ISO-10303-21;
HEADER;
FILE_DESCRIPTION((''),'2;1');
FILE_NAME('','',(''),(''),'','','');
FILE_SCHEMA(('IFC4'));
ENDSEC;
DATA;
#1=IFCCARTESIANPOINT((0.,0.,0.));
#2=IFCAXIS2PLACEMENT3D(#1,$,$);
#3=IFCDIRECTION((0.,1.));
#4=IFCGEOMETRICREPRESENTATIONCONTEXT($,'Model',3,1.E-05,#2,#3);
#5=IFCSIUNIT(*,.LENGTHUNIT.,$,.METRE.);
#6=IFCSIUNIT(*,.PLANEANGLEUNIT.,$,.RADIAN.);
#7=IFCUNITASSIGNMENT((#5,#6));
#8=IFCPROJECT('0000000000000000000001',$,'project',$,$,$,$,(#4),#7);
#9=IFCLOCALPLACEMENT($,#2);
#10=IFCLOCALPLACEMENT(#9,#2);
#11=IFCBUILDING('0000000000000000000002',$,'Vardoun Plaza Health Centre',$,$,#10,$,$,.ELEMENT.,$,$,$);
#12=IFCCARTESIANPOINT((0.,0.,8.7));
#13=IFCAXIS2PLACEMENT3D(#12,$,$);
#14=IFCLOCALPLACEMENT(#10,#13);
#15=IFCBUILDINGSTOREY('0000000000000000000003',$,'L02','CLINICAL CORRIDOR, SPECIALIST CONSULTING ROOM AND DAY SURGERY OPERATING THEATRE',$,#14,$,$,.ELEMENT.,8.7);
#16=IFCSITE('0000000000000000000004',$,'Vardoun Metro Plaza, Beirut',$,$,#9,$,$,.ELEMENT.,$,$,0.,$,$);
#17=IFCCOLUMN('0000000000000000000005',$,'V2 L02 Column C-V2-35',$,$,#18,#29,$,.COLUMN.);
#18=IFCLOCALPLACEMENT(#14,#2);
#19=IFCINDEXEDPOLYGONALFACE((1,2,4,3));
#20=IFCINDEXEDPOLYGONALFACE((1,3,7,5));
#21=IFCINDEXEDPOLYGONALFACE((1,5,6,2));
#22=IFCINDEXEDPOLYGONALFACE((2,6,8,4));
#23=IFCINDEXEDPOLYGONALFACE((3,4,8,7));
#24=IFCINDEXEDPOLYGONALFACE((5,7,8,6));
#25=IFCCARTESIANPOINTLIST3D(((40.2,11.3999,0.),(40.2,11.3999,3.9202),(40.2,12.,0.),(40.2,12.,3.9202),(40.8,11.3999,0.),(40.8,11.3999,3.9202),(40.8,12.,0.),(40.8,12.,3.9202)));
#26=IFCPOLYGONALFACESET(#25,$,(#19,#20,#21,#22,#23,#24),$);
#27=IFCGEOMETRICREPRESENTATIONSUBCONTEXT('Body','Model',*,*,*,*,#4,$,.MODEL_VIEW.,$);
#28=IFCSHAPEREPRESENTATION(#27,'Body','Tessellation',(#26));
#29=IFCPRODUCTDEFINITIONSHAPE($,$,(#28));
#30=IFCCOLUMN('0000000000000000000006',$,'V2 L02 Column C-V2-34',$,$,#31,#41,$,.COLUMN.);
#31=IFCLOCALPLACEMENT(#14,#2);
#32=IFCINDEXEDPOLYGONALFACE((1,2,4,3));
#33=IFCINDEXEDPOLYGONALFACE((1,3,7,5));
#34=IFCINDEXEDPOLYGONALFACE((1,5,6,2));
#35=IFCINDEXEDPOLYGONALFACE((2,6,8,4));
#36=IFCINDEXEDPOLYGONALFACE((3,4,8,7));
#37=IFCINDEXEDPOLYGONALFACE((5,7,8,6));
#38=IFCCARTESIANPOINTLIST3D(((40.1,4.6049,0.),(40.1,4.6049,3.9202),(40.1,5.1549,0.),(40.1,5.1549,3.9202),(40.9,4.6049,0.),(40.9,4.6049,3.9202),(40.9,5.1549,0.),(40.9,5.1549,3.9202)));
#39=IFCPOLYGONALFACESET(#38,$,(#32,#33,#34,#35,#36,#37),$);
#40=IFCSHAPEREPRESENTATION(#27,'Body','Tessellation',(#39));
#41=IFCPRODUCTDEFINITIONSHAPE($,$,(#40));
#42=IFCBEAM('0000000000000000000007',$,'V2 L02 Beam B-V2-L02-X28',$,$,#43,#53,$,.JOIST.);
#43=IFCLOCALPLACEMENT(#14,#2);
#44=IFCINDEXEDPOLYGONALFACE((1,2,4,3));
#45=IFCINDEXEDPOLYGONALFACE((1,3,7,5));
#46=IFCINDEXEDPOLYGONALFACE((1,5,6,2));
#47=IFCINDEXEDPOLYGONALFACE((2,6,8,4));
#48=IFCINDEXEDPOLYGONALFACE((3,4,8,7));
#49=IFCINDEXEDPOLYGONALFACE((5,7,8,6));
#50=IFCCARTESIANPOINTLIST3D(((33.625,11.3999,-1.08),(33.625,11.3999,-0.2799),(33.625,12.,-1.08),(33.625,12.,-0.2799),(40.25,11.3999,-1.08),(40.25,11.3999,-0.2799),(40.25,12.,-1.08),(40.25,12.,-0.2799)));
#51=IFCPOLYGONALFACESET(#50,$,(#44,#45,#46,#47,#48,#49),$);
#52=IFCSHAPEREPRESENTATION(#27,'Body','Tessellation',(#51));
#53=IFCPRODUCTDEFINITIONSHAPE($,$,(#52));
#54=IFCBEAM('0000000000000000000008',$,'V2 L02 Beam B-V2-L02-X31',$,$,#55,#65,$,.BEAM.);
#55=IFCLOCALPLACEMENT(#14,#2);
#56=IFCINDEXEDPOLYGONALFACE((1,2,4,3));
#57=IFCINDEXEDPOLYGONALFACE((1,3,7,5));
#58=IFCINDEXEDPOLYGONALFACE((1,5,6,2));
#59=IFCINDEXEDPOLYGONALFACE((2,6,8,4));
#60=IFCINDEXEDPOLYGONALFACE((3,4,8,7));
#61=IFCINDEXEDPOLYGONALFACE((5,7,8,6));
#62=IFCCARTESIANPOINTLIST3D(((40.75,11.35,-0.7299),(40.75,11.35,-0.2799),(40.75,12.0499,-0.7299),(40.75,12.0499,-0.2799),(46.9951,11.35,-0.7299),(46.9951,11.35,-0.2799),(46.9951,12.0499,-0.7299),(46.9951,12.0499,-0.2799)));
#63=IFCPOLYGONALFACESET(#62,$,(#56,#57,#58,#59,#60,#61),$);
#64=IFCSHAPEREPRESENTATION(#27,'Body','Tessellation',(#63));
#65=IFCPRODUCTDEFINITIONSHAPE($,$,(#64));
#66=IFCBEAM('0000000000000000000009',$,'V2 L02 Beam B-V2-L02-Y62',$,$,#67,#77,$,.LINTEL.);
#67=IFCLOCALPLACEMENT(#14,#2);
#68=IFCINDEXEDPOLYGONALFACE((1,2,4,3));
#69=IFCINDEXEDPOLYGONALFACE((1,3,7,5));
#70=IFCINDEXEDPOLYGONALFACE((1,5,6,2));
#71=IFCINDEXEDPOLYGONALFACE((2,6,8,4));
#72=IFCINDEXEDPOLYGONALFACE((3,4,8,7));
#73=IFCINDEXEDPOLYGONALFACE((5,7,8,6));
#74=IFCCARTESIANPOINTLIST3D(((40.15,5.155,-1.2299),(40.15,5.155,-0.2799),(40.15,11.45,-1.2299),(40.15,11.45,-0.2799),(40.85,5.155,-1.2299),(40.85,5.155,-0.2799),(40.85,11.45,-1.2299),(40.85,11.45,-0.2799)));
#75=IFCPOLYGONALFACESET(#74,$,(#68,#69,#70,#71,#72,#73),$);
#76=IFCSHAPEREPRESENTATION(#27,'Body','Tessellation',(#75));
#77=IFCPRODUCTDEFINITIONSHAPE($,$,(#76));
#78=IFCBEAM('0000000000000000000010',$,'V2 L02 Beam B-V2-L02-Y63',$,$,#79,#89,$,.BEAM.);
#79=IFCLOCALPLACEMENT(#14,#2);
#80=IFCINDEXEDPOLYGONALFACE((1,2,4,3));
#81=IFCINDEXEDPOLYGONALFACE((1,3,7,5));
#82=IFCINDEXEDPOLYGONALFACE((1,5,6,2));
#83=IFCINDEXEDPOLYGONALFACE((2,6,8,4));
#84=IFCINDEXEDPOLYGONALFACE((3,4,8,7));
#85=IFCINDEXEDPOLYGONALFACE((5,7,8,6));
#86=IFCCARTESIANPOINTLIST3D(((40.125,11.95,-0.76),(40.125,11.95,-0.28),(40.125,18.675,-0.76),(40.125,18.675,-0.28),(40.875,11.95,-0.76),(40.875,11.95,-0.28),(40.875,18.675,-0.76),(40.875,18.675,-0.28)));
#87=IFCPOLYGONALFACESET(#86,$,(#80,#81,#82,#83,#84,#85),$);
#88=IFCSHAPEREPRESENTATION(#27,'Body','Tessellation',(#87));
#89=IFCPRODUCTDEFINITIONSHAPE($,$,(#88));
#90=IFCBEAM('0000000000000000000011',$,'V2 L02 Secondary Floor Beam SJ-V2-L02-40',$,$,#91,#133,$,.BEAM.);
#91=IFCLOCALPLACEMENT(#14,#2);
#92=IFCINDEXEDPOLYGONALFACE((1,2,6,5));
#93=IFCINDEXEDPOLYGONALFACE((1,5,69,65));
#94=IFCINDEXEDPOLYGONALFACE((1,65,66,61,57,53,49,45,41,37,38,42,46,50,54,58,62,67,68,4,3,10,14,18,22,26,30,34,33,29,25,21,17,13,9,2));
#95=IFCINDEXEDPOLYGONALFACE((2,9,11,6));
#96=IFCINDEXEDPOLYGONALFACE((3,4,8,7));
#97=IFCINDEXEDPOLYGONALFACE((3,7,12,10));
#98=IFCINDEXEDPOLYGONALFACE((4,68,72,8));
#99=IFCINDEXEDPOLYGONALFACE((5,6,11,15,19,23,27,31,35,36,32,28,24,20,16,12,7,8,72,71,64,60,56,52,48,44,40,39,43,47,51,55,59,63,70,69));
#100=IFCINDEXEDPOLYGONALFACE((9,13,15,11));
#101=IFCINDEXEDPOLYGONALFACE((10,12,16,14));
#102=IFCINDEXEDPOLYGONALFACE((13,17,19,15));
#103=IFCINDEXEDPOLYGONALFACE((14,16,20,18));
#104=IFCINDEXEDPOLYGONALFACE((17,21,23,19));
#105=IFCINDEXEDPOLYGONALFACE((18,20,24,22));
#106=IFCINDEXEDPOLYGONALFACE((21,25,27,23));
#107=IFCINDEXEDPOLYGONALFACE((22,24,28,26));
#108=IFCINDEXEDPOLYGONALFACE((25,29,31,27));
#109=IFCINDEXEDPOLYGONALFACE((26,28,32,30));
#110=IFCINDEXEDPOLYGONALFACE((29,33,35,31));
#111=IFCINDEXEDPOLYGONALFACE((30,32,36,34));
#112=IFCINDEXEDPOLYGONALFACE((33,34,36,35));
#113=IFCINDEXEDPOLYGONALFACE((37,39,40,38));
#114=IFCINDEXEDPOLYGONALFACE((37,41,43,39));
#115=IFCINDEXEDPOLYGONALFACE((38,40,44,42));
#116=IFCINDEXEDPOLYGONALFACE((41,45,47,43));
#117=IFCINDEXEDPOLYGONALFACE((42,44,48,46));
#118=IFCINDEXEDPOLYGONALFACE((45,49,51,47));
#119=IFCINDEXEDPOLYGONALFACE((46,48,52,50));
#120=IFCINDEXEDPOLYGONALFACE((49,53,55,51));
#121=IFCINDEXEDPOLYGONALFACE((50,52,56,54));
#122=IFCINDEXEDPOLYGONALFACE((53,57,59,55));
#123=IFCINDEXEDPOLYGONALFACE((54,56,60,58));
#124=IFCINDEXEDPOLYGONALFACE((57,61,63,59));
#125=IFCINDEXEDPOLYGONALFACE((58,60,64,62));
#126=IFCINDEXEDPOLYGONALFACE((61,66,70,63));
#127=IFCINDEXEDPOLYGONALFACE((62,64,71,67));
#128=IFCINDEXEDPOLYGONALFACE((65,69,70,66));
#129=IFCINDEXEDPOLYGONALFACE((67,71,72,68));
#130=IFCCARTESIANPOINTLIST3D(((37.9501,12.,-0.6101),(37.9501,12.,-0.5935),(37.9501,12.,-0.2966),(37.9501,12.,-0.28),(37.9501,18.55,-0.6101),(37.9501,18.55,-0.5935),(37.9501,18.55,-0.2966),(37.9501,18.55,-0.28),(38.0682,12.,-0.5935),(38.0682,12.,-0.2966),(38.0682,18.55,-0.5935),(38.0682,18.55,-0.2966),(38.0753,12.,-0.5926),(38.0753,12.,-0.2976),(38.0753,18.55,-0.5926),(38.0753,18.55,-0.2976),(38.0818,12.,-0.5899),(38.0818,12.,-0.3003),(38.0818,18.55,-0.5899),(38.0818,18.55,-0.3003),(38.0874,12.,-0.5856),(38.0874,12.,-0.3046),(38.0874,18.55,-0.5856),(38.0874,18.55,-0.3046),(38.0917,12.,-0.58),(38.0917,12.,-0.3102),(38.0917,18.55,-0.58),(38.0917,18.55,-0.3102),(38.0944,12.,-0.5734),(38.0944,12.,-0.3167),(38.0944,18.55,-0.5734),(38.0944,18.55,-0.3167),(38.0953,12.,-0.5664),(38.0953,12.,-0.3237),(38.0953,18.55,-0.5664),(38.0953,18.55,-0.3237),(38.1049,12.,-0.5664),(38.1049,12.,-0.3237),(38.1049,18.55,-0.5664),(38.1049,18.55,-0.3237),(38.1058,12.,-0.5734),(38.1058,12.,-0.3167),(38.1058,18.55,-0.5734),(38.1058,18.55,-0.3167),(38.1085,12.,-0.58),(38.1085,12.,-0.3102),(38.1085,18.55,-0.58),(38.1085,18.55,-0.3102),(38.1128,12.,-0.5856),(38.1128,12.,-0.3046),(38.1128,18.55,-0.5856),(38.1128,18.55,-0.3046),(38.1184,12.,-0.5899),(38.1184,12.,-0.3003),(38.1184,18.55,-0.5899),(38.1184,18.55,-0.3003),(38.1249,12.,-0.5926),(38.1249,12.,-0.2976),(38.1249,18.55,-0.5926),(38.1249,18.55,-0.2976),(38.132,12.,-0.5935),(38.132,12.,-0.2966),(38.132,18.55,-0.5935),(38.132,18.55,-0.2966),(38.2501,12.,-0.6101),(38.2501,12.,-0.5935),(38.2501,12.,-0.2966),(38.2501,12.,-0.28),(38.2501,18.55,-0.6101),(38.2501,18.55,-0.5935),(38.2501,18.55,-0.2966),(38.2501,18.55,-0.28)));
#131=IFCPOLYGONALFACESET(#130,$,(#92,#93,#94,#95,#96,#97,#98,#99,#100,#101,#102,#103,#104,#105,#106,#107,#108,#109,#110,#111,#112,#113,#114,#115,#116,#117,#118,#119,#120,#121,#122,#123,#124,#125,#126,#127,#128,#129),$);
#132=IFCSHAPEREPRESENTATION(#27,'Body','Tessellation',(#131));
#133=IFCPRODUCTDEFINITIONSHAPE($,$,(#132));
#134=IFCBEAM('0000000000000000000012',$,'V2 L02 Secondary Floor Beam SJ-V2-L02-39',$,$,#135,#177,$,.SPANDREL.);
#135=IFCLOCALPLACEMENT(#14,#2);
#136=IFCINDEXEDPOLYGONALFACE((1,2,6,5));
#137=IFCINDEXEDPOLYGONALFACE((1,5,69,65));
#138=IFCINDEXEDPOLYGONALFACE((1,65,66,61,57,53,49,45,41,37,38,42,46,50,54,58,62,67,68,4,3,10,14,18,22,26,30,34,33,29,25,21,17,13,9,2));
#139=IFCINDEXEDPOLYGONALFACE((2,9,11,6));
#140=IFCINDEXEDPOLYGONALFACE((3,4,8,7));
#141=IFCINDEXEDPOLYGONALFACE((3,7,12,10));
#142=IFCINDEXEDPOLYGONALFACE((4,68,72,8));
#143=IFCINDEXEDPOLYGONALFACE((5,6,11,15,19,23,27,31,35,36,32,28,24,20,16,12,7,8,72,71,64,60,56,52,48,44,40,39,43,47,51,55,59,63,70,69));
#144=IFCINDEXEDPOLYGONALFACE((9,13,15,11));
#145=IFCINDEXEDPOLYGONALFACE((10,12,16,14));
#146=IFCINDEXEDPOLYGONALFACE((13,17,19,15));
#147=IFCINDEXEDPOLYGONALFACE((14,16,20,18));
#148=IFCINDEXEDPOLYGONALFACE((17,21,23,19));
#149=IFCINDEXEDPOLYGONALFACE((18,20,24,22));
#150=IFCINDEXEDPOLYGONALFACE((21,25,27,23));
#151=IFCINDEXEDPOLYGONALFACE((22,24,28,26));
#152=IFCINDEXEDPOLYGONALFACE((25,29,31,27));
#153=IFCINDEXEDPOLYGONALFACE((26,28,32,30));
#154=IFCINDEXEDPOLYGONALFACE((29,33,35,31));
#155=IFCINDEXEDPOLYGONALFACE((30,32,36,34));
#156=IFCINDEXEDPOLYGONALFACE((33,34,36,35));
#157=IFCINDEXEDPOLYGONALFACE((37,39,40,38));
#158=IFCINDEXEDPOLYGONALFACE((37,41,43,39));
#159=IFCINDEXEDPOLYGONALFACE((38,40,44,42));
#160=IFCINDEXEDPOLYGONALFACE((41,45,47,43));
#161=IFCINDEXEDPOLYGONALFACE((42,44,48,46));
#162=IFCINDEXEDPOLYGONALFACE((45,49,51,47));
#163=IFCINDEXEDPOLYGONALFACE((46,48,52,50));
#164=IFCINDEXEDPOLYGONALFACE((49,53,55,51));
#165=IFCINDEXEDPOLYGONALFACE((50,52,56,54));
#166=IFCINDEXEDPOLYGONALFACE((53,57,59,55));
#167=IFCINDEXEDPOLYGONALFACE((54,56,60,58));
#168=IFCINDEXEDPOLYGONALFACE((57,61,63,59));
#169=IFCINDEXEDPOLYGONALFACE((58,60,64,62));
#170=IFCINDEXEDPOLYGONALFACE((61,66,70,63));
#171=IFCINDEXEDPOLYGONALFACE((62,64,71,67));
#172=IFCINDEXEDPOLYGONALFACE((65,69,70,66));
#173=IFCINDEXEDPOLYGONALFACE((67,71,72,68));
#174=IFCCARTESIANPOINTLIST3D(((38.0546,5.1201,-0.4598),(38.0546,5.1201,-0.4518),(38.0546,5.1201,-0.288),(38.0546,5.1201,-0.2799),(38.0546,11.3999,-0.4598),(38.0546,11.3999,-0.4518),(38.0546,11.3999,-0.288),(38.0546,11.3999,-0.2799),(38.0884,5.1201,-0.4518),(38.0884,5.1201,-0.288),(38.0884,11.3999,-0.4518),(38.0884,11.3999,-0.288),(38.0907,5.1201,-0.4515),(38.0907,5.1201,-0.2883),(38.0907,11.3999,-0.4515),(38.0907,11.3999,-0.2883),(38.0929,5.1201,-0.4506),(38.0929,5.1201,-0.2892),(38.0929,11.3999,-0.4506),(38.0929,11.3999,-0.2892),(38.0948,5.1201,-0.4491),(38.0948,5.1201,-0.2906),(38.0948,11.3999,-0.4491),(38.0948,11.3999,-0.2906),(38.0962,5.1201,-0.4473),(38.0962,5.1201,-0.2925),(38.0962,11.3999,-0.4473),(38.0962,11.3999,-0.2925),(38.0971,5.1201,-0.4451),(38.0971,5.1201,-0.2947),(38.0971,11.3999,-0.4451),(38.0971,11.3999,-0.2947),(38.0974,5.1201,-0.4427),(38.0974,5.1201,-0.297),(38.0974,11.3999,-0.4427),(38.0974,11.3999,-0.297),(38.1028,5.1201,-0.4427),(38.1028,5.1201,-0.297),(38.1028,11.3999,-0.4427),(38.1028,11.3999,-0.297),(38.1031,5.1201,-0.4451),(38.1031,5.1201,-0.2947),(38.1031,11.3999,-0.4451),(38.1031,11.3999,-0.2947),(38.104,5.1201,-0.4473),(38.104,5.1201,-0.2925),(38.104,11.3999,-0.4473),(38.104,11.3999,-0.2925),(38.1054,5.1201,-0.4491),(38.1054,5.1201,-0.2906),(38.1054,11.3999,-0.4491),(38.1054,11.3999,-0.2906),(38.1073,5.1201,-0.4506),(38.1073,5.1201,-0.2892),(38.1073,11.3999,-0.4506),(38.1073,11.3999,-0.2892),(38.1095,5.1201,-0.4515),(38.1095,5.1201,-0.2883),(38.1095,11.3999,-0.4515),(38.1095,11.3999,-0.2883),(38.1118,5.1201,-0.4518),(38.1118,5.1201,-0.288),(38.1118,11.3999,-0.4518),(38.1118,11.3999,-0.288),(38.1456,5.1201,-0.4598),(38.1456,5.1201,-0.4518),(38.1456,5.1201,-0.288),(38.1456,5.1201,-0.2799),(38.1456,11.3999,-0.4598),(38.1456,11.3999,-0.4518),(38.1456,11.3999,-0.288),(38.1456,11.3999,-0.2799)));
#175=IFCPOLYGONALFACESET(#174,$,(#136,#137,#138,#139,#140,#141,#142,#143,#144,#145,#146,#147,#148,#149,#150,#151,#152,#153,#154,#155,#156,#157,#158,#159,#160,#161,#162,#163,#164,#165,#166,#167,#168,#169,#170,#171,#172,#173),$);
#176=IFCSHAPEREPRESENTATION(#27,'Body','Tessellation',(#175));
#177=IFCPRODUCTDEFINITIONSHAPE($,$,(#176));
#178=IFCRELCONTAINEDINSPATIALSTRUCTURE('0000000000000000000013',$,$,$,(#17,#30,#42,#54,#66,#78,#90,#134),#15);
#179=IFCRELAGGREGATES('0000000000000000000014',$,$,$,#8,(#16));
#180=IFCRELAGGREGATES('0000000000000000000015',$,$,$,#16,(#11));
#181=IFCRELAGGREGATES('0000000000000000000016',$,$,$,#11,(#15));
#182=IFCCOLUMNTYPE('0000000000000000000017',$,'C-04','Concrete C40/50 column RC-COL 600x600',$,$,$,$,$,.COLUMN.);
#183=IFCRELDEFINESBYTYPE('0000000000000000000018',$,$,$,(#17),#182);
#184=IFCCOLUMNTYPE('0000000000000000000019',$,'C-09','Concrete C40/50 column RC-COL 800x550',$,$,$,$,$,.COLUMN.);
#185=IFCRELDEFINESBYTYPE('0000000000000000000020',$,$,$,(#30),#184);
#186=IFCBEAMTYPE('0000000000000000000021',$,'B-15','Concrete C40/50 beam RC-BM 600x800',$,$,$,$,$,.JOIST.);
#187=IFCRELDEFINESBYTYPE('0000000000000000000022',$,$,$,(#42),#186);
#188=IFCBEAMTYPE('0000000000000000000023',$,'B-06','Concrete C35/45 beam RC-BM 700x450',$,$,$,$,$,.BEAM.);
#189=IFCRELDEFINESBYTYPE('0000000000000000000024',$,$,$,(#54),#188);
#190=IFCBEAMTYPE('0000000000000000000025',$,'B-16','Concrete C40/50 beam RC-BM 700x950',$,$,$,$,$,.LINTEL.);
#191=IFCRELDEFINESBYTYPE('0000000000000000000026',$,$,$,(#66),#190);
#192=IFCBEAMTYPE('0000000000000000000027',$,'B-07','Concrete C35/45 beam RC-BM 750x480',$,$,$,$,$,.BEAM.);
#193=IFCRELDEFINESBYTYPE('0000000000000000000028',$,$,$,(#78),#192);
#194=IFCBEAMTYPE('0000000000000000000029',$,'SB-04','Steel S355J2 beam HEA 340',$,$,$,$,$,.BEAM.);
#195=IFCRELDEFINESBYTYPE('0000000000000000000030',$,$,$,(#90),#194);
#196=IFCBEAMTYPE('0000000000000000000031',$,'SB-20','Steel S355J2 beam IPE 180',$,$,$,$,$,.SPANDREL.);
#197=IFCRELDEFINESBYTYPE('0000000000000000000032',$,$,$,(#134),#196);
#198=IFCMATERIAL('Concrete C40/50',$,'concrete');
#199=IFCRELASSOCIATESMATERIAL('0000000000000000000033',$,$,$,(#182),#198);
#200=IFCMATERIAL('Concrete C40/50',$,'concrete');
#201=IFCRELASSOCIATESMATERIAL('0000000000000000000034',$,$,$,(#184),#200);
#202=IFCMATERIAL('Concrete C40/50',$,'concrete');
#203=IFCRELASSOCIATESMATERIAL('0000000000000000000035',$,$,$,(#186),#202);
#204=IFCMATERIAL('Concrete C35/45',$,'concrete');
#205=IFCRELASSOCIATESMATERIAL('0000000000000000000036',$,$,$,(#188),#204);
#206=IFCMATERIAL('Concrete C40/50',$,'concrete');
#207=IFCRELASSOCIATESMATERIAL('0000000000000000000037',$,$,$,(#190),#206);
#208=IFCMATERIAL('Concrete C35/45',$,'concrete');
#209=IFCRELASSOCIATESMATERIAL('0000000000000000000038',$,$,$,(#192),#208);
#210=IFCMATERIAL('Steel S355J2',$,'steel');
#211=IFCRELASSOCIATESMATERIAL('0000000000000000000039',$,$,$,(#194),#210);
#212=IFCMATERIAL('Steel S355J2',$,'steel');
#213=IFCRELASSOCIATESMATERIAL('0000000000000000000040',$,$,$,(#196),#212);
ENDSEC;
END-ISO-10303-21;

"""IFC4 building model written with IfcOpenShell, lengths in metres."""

from ifc_helpers import new_model, si_unit, direction, frame, origin, origin_2d, place, context, subcontext, project, spatial, rectangle, i_section, extrude, material, material_profile, profile_set, type_object, element, save


model = new_model("IFC4")

# Units and contexts
model_context = context("Model", 3, precision=1e-05, world=origin(), true_north=direction((0.0, 1.0)))
body_context = subcontext(model_context, "Body", "Model", "MODEL_VIEW")
ifc_project = project(units=[si_unit("LENGTHUNIT", "METRE"), si_unit("PLANEANGLEUNIT", "RADIAN")], contexts=[model_context])

# Site, building, storey
site_placement = place(None, origin())
site = spatial("IfcSite", under=ifc_project, at=site_placement, Name="Vardoun Metro Plaza, Beirut", CompositionType="ELEMENT", RefElevation=0.0)
building_placement = place(site_placement, origin())
building = spatial("IfcBuilding", under=site, at=building_placement, Name="Vardoun Plaza Health Centre", CompositionType="ELEMENT")
storey_placement = place(building_placement, frame((0.0, 0.0, 8.7)))
storey = spatial("IfcBuildingStorey", under=building, at=storey_placement, Name="L02", Description="CLINICAL CORRIDOR, SPECIALIST CONSULTING ROOM AND DAY SURGERY OPERATING THEATRE", CompositionType="ELEMENT", Elevation=8.7)

# Columns
ifc_material_1 = material(Name="Concrete C40/50", Category="concrete")
ifc_material_profile_1 = material_profile(ifc_material_1, rectangle(XDim=0.6001, YDim=0.6001, at=origin_2d()), Name="RC-COL 600x600")
ifc_profile_set_1 = profile_set([ifc_material_profile_1], Name="Concrete C40/50")
column_type_1 = type_object("IfcColumnType", Name="C-04", Description="Concrete C40/50 column RC-COL 600x600", PredefinedType="COLUMN", material=ifc_profile_set_1)
column_1_placement = place(storey_placement, frame((40.5, 11.7, 0.0), z_axis=(0.0, 0.0, 1.0), x_axis=(1.0, 0.0, 0.0)))
element("IfcColumn", 1, at=column_1_placement, inside=storey, type_object=column_type_1, Name="V2 L02 Column C-V2-35", PredefinedType="COLUMN", context=body_context, shape_type="SweptSolid", body=[
    extrude(rectangle(XDim=0.6001, YDim=0.6001, at=origin_2d()), origin(), (0.0, 0.0, 1.0), 3.9202),
])
ifc_material_2 = material(Name="Concrete C40/50", Category="concrete")
ifc_material_profile_2 = material_profile(ifc_material_2, rectangle(XDim=0.8, YDim=0.55, at=origin_2d()), Name="RC-COL 800x550")
ifc_profile_set_2 = profile_set([ifc_material_profile_2], Name="Concrete C40/50")
column_type_2 = type_object("IfcColumnType", Name="C-09", Description="Concrete C40/50 column RC-COL 800x550", PredefinedType="COLUMN", material=ifc_profile_set_2)
column_2_placement = place(storey_placement, frame((40.5, 4.8799, 0.0), z_axis=(0.0, 0.0, 1.0), x_axis=(1.0, 0.0, 0.0)))
element("IfcColumn", 2, at=column_2_placement, inside=storey, type_object=column_type_2, Name="V2 L02 Column C-V2-34", PredefinedType="COLUMN", context=body_context, shape_type="SweptSolid", body=[
    extrude(rectangle(XDim=0.8, YDim=0.55, at=origin_2d()), origin(), (0.0, 0.0, 1.0), 3.9202),
])

# Beams
ifc_material_3 = material(Name="Concrete C40/50", Category="concrete")
ifc_material_profile_3 = material_profile(ifc_material_3, rectangle(XDim=0.6001, YDim=0.8, at=origin_2d()), Name="RC-BM 600x800")
ifc_profile_set_3 = profile_set([ifc_material_profile_3], Name="Concrete C40/50")
beam_type_1 = type_object("IfcBeamType", Name="B-15", Description="Concrete C40/50 beam RC-BM 600x800", PredefinedType="JOIST", material=ifc_profile_set_3)
beam_1_placement = place(storey_placement, frame((33.625, 11.7, -0.6799), z_axis=(1.0, 0.0, 0.0), x_axis=(0.0, 1.0, 0.0)))
element("IfcBeam", 3, at=beam_1_placement, inside=storey, type_object=beam_type_1, Name="V2 L02 Beam B-V2-L02-X28", PredefinedType="JOIST", context=body_context, shape_type="SweptSolid", body=[
    extrude(rectangle(XDim=0.6001, YDim=0.8, at=origin_2d()), origin(), (0.0, 0.0, 1.0), 6.625),
])
ifc_material_4 = material(Name="Concrete C35/45", Category="concrete")
ifc_material_profile_4 = material_profile(ifc_material_4, rectangle(XDim=0.7, YDim=0.45, at=origin_2d()), Name="RC-BM 700x450")
ifc_profile_set_4 = profile_set([ifc_material_profile_4], Name="Concrete C35/45")
beam_type_2 = type_object("IfcBeamType", Name="B-06", Description="Concrete C35/45 beam RC-BM 700x450", PredefinedType="BEAM", material=ifc_profile_set_4)
beam_2_placement = place(storey_placement, frame((40.75, 11.7, -0.5049), z_axis=(1.0, 0.0, 0.0), x_axis=(0.0, 1.0, 0.0)))
element("IfcBeam", 4, at=beam_2_placement, inside=storey, type_object=beam_type_2, Name="V2 L02 Beam B-V2-L02-X31", PredefinedType="BEAM", context=body_context, shape_type="SweptSolid", body=[
    extrude(rectangle(XDim=0.7, YDim=0.45, at=origin_2d()), origin(), (0.0, 0.0, 1.0), 6.2451),
])
ifc_material_5 = material(Name="Concrete C40/50", Category="concrete")
ifc_material_profile_5 = material_profile(ifc_material_5, rectangle(XDim=0.7, YDim=0.95, at=origin_2d()), Name="RC-BM 700x950")
ifc_profile_set_5 = profile_set([ifc_material_profile_5], Name="Concrete C40/50")
beam_type_3 = type_object("IfcBeamType", Name="B-16", Description="Concrete C40/50 beam RC-BM 700x950", PredefinedType="LINTEL", material=ifc_profile_set_5)
beam_3_placement = place(storey_placement, frame((40.5, 5.155, -0.7549), z_axis=(0.0, 1.0, 0.0), x_axis=(-1.0, 0.0, 0.0)))
element("IfcBeam", 5, at=beam_3_placement, inside=storey, type_object=beam_type_3, Name="V2 L02 Beam B-V2-L02-Y62", PredefinedType="LINTEL", context=body_context, shape_type="SweptSolid", body=[
    extrude(rectangle(XDim=0.7, YDim=0.95, at=origin_2d()), origin(), (0.0, 0.0, 1.0), 6.2949),
])
ifc_material_6 = material(Name="Concrete C35/45", Category="concrete")
ifc_material_profile_6 = material_profile(ifc_material_6, rectangle(XDim=0.75, YDim=0.48, at=origin_2d()), Name="RC-BM 750x480")
ifc_profile_set_6 = profile_set([ifc_material_profile_6], Name="Concrete C35/45")
beam_type_4 = type_object("IfcBeamType", Name="B-07", Description="Concrete C35/45 beam RC-BM 750x480", PredefinedType="BEAM", material=ifc_profile_set_6)
beam_4_placement = place(storey_placement, frame((40.5, 11.95, -0.52), z_axis=(0.0, 1.0, 0.0), x_axis=(-1.0, 0.0, 0.0)))
element("IfcBeam", 6, at=beam_4_placement, inside=storey, type_object=beam_type_4, Name="V2 L02 Beam B-V2-L02-Y63", PredefinedType="BEAM", context=body_context, shape_type="SweptSolid", body=[
    extrude(rectangle(XDim=0.75, YDim=0.48, at=origin_2d()), origin(), (0.0, 0.0, 1.0), 6.7251),
])
ifc_material_7 = material(Name="Steel S355J2", Category="steel")
ifc_material_profile_7 = material_profile(ifc_material_7, i_section(OverallWidth=0.3, OverallDepth=0.3301, WebThickness=0.0095, FlangeThickness=0.0166, FilletRadius=0.0271, at=origin_2d()), Name="HEA 340")
ifc_profile_set_7 = profile_set([ifc_material_profile_7], Name="Steel S355J2")
beam_type_5 = type_object("IfcBeamType", Name="SB-04", Description="Steel S355J2 beam HEA 340", PredefinedType="BEAM", material=ifc_profile_set_7)
beam_5_placement = place(storey_placement, frame((38.1001, 12.0, -0.4451), z_axis=(0.0, 1.0, 0.0), x_axis=(-1.0, 0.0, 0.0)))
element("IfcBeam", 7, at=beam_5_placement, inside=storey, type_object=beam_type_5, Name="V2 L02 Secondary Floor Beam SJ-V2-L02-40", PredefinedType="BEAM", context=body_context, shape_type="SweptSolid", body=[
    extrude(i_section(OverallWidth=0.3, OverallDepth=0.3301, WebThickness=0.0095, FlangeThickness=0.0166, FilletRadius=0.0271, at=origin_2d()), origin(), (0.0, 0.0, 1.0), 6.55),
])
ifc_material_8 = material(Name="Steel S355J2", Category="steel")
ifc_material_profile_8 = material_profile(ifc_material_8, i_section(OverallWidth=0.0911, OverallDepth=0.1799, WebThickness=0.0054, FlangeThickness=0.0081, FilletRadius=0.009, at=origin_2d()), Name="IPE 180")
ifc_profile_set_8 = profile_set([ifc_material_profile_8], Name="Steel S355J2")
beam_type_6 = type_object("IfcBeamType", Name="SB-20", Description="Steel S355J2 beam IPE 180", PredefinedType="SPANDREL", material=ifc_profile_set_8)
beam_6_placement = place(storey_placement, frame((38.1001, 5.1201, -0.3699), z_axis=(0.0, 1.0, 0.0), x_axis=(-1.0, 0.0, 0.0)))
element("IfcBeam", 8, at=beam_6_placement, inside=storey, type_object=beam_type_6, Name="V2 L02 Secondary Floor Beam SJ-V2-L02-39", PredefinedType="SPANDREL", context=body_context, shape_type="SweptSolid", body=[
    extrude(i_section(OverallWidth=0.0911, OverallDepth=0.1799, WebThickness=0.0054, FlangeThickness=0.0081, FilletRadius=0.009, at=origin_2d()), origin(), (0.0, 0.0, 1.0), 6.2798),
])

save(model, "model.ifc")
